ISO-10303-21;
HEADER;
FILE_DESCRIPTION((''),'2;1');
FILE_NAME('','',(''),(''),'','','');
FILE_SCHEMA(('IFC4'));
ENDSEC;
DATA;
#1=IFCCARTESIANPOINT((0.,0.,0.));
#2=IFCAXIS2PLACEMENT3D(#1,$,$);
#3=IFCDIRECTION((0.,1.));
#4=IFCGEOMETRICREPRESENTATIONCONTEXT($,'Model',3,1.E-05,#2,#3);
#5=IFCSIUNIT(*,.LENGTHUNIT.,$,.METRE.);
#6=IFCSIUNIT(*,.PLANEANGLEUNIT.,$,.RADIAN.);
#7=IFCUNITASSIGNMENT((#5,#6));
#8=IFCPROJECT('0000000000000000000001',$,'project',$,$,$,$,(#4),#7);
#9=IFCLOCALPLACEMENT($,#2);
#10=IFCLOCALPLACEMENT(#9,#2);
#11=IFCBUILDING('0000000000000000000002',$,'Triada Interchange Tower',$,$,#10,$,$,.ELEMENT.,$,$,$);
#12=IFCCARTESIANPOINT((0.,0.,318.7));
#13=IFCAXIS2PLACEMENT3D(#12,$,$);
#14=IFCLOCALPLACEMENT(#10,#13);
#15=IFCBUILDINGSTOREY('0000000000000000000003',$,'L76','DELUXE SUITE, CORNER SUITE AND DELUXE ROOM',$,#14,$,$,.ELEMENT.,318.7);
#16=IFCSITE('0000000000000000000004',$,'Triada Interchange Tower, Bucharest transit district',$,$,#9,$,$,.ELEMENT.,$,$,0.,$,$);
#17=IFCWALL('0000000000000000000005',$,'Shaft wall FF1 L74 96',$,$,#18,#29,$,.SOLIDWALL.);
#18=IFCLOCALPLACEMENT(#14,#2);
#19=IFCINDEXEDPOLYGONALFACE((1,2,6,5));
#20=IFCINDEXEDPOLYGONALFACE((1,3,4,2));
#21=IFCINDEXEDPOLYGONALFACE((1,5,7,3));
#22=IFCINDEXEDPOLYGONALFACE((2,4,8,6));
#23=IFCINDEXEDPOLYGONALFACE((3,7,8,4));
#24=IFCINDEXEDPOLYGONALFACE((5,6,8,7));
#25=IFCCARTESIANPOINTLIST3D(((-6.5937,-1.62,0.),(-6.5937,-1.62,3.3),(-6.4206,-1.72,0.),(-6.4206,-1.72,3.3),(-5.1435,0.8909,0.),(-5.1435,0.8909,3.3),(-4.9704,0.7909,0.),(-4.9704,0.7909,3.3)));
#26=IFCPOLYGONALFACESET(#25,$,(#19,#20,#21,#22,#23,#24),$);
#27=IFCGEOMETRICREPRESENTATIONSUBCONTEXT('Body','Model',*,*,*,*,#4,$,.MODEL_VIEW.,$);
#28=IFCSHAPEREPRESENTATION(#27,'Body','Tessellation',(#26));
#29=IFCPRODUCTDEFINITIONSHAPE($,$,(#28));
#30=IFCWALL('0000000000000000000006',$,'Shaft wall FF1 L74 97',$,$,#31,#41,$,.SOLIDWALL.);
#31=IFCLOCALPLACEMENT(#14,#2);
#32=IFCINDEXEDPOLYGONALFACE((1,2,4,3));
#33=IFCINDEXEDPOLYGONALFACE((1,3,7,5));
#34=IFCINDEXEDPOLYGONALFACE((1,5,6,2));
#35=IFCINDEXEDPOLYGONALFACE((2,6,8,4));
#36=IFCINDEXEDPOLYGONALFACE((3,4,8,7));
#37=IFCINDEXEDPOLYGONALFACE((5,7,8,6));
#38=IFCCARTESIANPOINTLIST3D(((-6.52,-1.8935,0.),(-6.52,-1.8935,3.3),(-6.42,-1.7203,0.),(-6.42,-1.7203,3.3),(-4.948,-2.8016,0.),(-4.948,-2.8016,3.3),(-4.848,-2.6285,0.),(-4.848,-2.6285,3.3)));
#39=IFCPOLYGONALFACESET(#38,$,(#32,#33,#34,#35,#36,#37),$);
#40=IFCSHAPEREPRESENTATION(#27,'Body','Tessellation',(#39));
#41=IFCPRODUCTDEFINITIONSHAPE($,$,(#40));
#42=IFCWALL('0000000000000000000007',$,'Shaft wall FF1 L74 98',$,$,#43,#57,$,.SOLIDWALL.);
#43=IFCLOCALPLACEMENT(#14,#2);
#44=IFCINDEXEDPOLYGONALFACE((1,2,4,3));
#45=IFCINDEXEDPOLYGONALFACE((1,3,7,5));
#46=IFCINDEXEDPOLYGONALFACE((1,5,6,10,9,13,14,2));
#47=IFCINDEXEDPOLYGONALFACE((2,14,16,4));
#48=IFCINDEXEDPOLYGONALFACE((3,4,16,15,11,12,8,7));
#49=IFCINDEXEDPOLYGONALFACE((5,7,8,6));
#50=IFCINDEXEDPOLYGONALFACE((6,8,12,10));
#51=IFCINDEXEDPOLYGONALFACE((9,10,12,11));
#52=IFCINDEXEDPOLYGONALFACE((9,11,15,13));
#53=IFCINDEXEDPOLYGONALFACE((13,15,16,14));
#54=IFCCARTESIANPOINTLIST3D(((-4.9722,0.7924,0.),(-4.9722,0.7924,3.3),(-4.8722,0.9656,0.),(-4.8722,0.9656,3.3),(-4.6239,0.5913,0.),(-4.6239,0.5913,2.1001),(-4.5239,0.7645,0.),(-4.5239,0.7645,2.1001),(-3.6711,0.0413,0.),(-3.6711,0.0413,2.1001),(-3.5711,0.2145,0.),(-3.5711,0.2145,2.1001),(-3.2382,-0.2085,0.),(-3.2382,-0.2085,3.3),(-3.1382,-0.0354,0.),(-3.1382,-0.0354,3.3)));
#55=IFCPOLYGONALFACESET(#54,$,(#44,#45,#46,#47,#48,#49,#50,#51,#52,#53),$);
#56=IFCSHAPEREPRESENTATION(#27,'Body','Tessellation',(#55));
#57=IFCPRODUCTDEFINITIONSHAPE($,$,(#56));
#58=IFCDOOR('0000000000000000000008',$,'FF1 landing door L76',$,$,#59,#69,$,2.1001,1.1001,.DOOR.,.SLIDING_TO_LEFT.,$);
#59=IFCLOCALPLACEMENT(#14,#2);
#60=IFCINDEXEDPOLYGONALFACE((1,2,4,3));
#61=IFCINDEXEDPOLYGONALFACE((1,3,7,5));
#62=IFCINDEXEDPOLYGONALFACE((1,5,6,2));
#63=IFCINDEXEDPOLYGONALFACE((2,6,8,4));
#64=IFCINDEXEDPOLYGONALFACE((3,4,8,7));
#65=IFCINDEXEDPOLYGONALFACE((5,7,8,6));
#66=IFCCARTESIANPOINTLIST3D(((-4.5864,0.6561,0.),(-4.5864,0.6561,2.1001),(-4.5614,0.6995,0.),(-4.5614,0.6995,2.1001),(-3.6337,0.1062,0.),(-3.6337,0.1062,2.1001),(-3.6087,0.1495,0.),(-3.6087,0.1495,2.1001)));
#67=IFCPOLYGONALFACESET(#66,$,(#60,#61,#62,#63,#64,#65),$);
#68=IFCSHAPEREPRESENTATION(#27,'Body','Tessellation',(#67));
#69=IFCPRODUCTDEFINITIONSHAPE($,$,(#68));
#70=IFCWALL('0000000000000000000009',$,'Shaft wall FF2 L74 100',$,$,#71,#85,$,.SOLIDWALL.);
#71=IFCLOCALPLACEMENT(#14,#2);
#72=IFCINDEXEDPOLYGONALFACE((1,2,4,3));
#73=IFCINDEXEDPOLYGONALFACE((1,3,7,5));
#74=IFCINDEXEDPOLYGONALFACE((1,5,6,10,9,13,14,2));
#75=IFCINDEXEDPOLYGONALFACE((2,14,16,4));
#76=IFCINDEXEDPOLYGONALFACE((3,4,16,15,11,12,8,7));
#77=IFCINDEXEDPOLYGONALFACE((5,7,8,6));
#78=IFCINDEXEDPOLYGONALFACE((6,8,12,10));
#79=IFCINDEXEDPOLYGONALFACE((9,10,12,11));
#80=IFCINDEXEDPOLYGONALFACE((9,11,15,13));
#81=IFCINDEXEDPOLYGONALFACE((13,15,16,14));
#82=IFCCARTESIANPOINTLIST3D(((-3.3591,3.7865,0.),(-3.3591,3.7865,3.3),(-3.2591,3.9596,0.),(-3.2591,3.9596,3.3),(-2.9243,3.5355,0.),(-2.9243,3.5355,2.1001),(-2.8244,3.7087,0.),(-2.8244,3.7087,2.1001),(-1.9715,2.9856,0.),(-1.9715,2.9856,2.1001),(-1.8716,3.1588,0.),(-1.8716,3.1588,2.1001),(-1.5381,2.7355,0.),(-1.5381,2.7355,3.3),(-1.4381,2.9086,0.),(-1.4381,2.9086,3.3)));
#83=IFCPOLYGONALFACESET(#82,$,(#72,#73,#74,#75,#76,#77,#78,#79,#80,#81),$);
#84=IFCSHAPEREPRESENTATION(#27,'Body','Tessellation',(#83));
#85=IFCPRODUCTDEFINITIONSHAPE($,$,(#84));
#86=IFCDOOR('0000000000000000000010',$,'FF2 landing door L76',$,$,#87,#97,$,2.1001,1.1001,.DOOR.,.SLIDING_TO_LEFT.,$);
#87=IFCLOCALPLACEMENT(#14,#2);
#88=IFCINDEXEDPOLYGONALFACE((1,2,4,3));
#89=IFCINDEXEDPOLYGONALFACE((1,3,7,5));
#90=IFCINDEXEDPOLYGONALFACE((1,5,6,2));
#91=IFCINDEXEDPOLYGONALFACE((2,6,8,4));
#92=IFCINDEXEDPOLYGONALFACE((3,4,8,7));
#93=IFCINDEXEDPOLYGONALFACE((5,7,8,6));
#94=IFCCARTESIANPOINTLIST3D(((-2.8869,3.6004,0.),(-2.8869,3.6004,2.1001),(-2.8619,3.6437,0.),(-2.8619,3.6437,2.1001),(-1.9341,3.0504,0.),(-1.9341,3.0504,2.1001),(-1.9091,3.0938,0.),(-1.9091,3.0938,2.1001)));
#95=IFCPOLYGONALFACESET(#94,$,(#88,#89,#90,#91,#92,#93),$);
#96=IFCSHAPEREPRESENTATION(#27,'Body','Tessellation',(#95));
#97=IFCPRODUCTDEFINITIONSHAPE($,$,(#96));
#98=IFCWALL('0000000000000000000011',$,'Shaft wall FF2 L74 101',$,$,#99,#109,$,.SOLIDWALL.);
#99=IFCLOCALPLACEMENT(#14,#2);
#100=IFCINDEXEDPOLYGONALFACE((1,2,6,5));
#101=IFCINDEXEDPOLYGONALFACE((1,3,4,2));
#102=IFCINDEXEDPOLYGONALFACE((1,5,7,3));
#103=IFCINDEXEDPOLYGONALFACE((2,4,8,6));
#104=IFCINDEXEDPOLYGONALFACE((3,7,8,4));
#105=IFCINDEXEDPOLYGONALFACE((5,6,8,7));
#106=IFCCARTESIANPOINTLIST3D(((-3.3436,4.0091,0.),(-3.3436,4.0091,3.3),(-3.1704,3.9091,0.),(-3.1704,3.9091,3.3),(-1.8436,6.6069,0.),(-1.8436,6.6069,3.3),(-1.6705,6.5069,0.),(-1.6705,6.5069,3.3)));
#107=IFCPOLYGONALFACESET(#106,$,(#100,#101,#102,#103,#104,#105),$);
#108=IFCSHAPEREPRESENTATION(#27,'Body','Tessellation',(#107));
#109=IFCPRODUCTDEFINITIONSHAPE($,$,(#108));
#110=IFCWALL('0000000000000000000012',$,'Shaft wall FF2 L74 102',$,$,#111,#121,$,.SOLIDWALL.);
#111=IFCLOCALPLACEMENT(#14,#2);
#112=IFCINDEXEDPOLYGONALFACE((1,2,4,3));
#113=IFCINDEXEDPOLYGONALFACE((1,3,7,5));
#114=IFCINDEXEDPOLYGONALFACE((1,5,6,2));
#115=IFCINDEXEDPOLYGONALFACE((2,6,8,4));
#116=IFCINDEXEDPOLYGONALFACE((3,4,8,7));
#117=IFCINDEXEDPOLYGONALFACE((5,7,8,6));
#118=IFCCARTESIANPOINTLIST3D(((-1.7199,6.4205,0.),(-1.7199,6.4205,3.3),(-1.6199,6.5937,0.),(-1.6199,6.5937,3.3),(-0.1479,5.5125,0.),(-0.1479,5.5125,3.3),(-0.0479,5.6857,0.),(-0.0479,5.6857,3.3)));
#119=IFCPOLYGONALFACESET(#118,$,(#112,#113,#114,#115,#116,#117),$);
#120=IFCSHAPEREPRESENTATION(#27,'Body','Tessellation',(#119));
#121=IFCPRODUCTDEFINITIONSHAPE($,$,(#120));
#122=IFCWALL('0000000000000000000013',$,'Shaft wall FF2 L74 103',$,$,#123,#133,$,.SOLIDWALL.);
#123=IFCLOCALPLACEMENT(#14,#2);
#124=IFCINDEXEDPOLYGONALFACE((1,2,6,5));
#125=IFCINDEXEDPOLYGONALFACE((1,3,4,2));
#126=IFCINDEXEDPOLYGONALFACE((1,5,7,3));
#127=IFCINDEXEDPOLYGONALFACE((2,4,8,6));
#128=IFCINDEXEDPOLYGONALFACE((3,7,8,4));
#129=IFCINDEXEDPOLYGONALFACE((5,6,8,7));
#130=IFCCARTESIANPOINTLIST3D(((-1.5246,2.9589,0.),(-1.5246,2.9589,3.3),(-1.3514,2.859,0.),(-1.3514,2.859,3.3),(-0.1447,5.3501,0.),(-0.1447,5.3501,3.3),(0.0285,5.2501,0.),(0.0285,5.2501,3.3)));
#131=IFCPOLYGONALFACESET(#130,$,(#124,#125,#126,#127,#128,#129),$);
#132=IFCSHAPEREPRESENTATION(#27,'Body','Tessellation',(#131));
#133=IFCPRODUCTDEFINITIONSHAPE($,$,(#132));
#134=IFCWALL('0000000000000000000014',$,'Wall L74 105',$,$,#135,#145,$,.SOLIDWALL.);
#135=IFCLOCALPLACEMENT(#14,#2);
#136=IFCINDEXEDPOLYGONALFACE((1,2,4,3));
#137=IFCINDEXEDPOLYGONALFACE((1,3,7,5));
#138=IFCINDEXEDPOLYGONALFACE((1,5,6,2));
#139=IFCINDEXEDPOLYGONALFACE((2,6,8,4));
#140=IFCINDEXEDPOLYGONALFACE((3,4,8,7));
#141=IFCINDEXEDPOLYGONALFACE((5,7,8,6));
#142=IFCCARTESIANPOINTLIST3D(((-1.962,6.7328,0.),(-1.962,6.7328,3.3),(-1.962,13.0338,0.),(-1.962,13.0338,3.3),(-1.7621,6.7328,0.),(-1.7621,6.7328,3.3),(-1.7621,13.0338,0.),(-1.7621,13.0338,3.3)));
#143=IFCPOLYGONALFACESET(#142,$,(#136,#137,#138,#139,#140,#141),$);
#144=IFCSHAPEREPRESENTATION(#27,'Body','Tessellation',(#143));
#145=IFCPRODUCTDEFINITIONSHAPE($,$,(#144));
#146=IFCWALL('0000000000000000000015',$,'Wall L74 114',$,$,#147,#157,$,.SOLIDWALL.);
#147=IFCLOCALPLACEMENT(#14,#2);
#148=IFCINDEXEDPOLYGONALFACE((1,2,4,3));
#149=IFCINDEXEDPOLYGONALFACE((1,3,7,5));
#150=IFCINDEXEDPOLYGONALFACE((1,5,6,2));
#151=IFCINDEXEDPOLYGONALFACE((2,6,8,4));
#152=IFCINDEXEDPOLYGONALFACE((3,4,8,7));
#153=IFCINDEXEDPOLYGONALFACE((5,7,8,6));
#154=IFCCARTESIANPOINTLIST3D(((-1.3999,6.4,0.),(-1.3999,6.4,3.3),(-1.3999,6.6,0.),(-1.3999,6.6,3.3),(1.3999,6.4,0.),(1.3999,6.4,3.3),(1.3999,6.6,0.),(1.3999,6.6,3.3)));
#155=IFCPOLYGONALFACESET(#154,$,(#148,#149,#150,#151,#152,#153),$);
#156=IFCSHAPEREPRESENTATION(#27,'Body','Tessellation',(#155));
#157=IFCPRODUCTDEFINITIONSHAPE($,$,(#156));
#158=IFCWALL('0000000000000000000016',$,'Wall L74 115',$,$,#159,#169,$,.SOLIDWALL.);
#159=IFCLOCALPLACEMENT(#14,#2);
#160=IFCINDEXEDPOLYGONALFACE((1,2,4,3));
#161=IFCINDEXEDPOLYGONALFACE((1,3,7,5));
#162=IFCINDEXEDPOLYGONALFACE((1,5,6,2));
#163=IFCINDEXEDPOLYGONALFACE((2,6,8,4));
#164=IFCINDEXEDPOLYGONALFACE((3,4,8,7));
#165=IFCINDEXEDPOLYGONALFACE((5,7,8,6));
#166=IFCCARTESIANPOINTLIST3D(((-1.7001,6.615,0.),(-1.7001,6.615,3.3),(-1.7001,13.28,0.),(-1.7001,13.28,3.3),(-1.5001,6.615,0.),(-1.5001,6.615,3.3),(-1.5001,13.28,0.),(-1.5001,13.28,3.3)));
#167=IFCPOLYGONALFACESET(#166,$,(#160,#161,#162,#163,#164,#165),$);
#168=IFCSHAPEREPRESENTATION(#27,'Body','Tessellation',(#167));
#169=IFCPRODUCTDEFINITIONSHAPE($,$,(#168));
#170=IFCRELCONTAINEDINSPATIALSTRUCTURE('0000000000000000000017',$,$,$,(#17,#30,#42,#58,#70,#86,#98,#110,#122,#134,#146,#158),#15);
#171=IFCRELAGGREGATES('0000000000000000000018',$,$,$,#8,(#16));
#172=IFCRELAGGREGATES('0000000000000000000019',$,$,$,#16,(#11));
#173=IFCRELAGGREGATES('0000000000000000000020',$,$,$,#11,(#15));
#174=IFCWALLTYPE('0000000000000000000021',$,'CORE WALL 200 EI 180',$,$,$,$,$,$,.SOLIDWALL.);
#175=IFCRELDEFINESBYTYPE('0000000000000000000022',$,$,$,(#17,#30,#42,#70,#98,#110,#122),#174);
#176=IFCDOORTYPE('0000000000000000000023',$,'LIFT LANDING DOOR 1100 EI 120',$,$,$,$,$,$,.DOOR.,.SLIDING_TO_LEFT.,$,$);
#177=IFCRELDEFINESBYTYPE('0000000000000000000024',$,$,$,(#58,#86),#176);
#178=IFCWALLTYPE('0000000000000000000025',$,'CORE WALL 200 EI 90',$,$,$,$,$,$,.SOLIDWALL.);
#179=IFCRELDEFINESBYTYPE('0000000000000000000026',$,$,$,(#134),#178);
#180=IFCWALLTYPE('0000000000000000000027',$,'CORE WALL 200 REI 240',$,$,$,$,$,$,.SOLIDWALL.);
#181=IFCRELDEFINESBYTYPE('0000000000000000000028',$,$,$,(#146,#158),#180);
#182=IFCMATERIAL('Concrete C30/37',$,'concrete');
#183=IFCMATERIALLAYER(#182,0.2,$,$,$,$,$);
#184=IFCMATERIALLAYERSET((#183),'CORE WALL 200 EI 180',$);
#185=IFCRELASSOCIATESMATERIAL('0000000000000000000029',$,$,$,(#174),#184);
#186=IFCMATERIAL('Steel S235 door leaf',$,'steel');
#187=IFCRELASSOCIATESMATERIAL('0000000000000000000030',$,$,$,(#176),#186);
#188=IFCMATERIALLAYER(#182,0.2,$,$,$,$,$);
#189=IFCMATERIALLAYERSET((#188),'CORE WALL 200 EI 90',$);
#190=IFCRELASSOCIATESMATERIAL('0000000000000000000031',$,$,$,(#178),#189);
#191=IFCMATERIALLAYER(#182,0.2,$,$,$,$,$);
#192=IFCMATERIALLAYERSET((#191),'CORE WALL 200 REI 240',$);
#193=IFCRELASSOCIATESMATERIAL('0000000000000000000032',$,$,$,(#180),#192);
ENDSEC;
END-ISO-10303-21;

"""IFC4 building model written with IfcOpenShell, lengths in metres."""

from ifc_helpers import new_model, si_unit, direction, frame, frame_2d, origin, place, context, subcontext, project, spatial, rectangle, extrude, material, layer, layer_set, type_object, element, fill, save


model = new_model("IFC4")

# Units and contexts
model_context = context("Model", 3, precision=1e-05, world=origin(), true_north=direction((0.0, 1.0)))
body_context = subcontext(model_context, "Body", "Model", "MODEL_VIEW")
ifc_project = project(units=[si_unit("LENGTHUNIT", "METRE"), si_unit("PLANEANGLEUNIT", "RADIAN")], contexts=[model_context])

# Site, building, storey
site_placement = place(None, origin())
site = spatial("IfcSite", under=ifc_project, at=site_placement, Name="Triada Interchange Tower, Bucharest transit district", CompositionType="ELEMENT", RefElevation=0.0)
building_placement = place(site_placement, origin())
building = spatial("IfcBuilding", under=site, at=building_placement, Name="Triada Interchange Tower", CompositionType="ELEMENT")
storey_placement = place(building_placement, frame((0.0, 0.0, 318.7)))
storey = spatial("IfcBuildingStorey", under=building, at=storey_placement, Name="L76", Description="DELUXE SUITE, CORNER SUITE AND DELUXE ROOM", CompositionType="ELEMENT", Elevation=318.7)

# Shared definitions
ifc_material_1 = material(Name="Concrete C30/37", Category="concrete")

# Shared definitions
ifc_layer_1 = layer(ifc_material_1, 0.2)
ifc_layer_set_1 = layer_set([ifc_layer_1], Name="CORE WALL 200 EI 180")
wall_type_1 = type_object("IfcWallType", Name="CORE WALL 200 EI 180", PredefinedType="SOLIDWALL", material=ifc_layer_set_1)
ifc_material_2 = material(Name="Steel S235 door leaf", Category="steel")
door_type_1 = type_object("IfcDoorType", Name="LIFT LANDING DOOR 1100 EI 120", OperationType="SLIDING_TO_LEFT", PredefinedType="DOOR", material=ifc_material_2)

# Walls
wall_1_placement = place(storey_placement, frame((-6.5071, -1.6699, 0.0), z_axis=(0.0, 0.0, 1.0), x_axis=(0.500123, 0.865954, 0.0)))
element("IfcWall", 1, at=wall_1_placement, inside=storey, type_object=wall_type_1, Name="Shaft wall FF1 L74 96", PredefinedType="SOLIDWALL", context=body_context, shape_type="SweptSolid", body=[
    extrude(rectangle(XDim=2.8997, YDim=0.2, at=frame_2d((1.4497, 0.0))), origin(), (0.0, 0.0, 1.0), 3.3),
])
wall_2_placement = place(storey_placement, frame((-6.47, -1.8069, 0.0), z_axis=(0.0, 0.0, 1.0), x_axis=(0.865883, -0.500246, 0.0)))
element("IfcWall", 2, at=wall_2_placement, inside=storey, type_object=wall_type_1, Name="Shaft wall FF1 L74 97", PredefinedType="SOLIDWALL", context=body_context, shape_type="SweptSolid", body=[
    extrude(rectangle(XDim=1.8154, YDim=0.2, at=frame_2d((0.9077, 0.0))), origin(), (0.0, 0.0, 1.0), 3.3),
])

# Walls, openings, doors
wall_3_placement = place(storey_placement, frame((-4.9221, 0.8789, 0.0), z_axis=(0.0, 0.0, 1.0), x_axis=(0.866074, -0.499916, 0.0)))
wall_3 = element("IfcWall", 3, at=wall_3_placement, inside=storey, type_object=wall_type_1, Name="Shaft wall FF1 L74 98", PredefinedType="SOLIDWALL", context=body_context, shape_type="SweptSolid", body=[
    extrude(rectangle(XDim=2.0022, YDim=0.2, at=frame_2d((1.001, 0.0))), origin(), (0.0, 0.0, 1.0), 3.3),
])
opening_1_placement = place(wall_3_placement, frame((0.4021, 0.0, 0.0)))
opening_1 = element("IfcOpeningElement", 4, at=opening_1_placement, cuts=wall_3, PredefinedType="OPENING", context=body_context, shape_type="SweptSolid", body=[
    extrude(rectangle(XDim=1.1001, YDim=2.1001, at=frame_2d((0.55, 1.05))), frame((0.0, 0.1099, 0.0), z_axis=(0.0, -1.0, 0.0), x_axis=(1.0, 0.0, 0.0)), (0.0, 0.0, 1.0), 0.22),
])
door_1_placement = place(opening_1_placement, origin())
door_1 = element("IfcDoor", 5, at=door_1_placement, inside=storey, type_object=door_type_1, Name="FF1 landing door L76", OperationType="SLIDING_TO_LEFT", OverallHeight=2.1001, OverallWidth=1.1001, PredefinedType="DOOR", context=body_context, shape_type="SweptSolid", body=[
    extrude(rectangle(XDim=1.1001, YDim=2.1001, at=frame_2d((0.55, 1.05))), frame((0.0, 0.0249, 0.0), z_axis=(0.0, -1.0, 0.0), x_axis=(1.0, 0.0, 0.0)), (0.0, 0.0, 1.0), 0.05),
])
fill(opening_1, door_1)
wall_4_placement = place(storey_placement, frame((-3.3091, 3.873, 0.0), z_axis=(0.0, 0.0, 1.0), x_axis=(0.866099, -0.499873, 0.0)))
wall_4 = element("IfcWall", 6, at=wall_4_placement, inside=storey, type_object=wall_type_1, Name="Shaft wall FF2 L74 100", PredefinedType="SOLIDWALL", context=body_context, shape_type="SweptSolid", body=[
    extrude(rectangle(XDim=2.1025, YDim=0.2, at=frame_2d((1.0513, 0.0))), origin(), (0.0, 0.0, 1.0), 3.3),
])
opening_2_placement = place(wall_4_placement, frame((0.502, 0.0, 0.0)))
opening_2 = element("IfcOpeningElement", 7, at=opening_2_placement, cuts=wall_4, PredefinedType="OPENING", context=body_context, shape_type="SweptSolid", body=[
    extrude(rectangle(XDim=1.1001, YDim=2.1001, at=frame_2d((0.55, 1.05))), frame((0.0, 0.1099, 0.0), z_axis=(0.0, -1.0, 0.0), x_axis=(1.0, 0.0, 0.0)), (0.0, 0.0, 1.0), 0.22),
])
door_2_placement = place(opening_2_placement, origin())
door_2 = element("IfcDoor", 8, at=door_2_placement, inside=storey, type_object=door_type_1, Name="FF2 landing door L76", OperationType="SLIDING_TO_LEFT", OverallHeight=2.1001, OverallWidth=1.1001, PredefinedType="DOOR", context=body_context, shape_type="SweptSolid", body=[
    extrude(rectangle(XDim=1.1001, YDim=2.1001, at=frame_2d((0.55, 1.05))), frame((0.0, 0.0249, 0.0), z_axis=(0.0, -1.0, 0.0), x_axis=(1.0, 0.0, 0.0)), (0.0, 0.0, 1.0), 0.05),
])
fill(opening_2, door_2)

# Walls
wall_5_placement = place(storey_placement, frame((-3.2571, 3.959, 0.0), z_axis=(0.0, 0.0, 1.0), x_axis=(0.500025, 0.866011, 0.0)))
element("IfcWall", 9, at=wall_5_placement, inside=storey, type_object=wall_type_1, Name="Shaft wall FF2 L74 101", PredefinedType="SOLIDWALL", context=body_context, shape_type="SweptSolid", body=[
    extrude(rectangle(XDim=2.9998, YDim=0.2, at=frame_2d((1.5, 0.0))), origin(), (0.0, 0.0, 1.0), 3.3),
])
wall_6_placement = place(storey_placement, frame((-1.6699, 6.5071, 0.0), z_axis=(0.0, 0.0, 1.0), x_axis=(0.865941, -0.500145, 0.0)))
element("IfcWall", 10, at=wall_6_placement, inside=storey, type_object=wall_type_1, Name="Shaft wall FF2 L74 102", PredefinedType="SOLIDWALL", context=body_context, shape_type="SweptSolid", body=[
    extrude(rectangle(XDim=1.8154, YDim=0.2, at=frame_2d((0.9077, 0.0))), origin(), (0.0, 0.0, 1.0), 3.3),
])
wall_7_placement = place(storey_placement, frame((-1.438, 2.9089, 0.0), z_axis=(0.0, 0.0, 1.0), x_axis=(0.49983, 0.866124, 0.0)))
element("IfcWall", 11, at=wall_7_placement, inside=storey, type_object=wall_type_1, Name="Shaft wall FF2 L74 103", PredefinedType="SOLIDWALL", context=body_context, shape_type="SweptSolid", body=[
    extrude(rectangle(XDim=2.7607, YDim=0.2, at=frame_2d((1.3804, 0.0))), origin(), (0.0, 0.0, 1.0), 3.3),
])
ifc_layer_2 = layer(ifc_material_1, 0.2)
ifc_layer_set_2 = layer_set([ifc_layer_2], Name="CORE WALL 200 EI 90")
wall_type_2 = type_object("IfcWallType", Name="CORE WALL 200 EI 90", PredefinedType="SOLIDWALL", material=ifc_layer_set_2)
wall_8_placement = place(storey_placement, frame((-1.8621, 6.7329, 0.0), z_axis=(0.0, 0.0, 1.0), x_axis=(0.0, 1.0, 0.0)))
element("IfcWall", 12, at=wall_8_placement, inside=storey, type_object=wall_type_2, Name="Wall L74 105", PredefinedType="SOLIDWALL", context=body_context, shape_type="SweptSolid", body=[
    extrude(rectangle(XDim=6.301, YDim=0.2, at=frame_2d((3.1504, 0.0))), origin(), (0.0, 0.0, 1.0), 3.3),
])
ifc_layer_3 = layer(ifc_material_1, 0.2)
ifc_layer_set_3 = layer_set([ifc_layer_3], Name="CORE WALL 200 REI 240")
wall_type_3 = type_object("IfcWallType", Name="CORE WALL 200 REI 240", PredefinedType="SOLIDWALL", material=ifc_layer_set_3)
wall_9_placement = place(storey_placement, frame((-1.3999, 6.5, 0.0), z_axis=(0.0, 0.0, 1.0), x_axis=(1.0, 0.0, 0.0)))
element("IfcWall", 13, at=wall_9_placement, inside=storey, type_object=wall_type_3, Name="Wall L74 114", PredefinedType="SOLIDWALL", context=body_context, shape_type="SweptSolid", body=[
    extrude(rectangle(XDim=2.7998, YDim=0.2, at=frame_2d((1.3999, 0.0))), origin(), (0.0, 0.0, 1.0), 3.3),
])
wall_10_placement = place(storey_placement, frame((-1.6001, 6.615, 0.0), z_axis=(0.0, 0.0, 1.0), x_axis=(0.0, 1.0, 0.0)))
element("IfcWall", 14, at=wall_10_placement, inside=storey, type_object=wall_type_3, Name="Wall L74 115", PredefinedType="SOLIDWALL", context=body_context, shape_type="SweptSolid", body=[
    extrude(rectangle(XDim=6.665, YDim=0.2, at=frame_2d((3.3325, 0.0))), origin(), (0.0, 0.0, 1.0), 3.3),
])

save(model, "model.ifc")
